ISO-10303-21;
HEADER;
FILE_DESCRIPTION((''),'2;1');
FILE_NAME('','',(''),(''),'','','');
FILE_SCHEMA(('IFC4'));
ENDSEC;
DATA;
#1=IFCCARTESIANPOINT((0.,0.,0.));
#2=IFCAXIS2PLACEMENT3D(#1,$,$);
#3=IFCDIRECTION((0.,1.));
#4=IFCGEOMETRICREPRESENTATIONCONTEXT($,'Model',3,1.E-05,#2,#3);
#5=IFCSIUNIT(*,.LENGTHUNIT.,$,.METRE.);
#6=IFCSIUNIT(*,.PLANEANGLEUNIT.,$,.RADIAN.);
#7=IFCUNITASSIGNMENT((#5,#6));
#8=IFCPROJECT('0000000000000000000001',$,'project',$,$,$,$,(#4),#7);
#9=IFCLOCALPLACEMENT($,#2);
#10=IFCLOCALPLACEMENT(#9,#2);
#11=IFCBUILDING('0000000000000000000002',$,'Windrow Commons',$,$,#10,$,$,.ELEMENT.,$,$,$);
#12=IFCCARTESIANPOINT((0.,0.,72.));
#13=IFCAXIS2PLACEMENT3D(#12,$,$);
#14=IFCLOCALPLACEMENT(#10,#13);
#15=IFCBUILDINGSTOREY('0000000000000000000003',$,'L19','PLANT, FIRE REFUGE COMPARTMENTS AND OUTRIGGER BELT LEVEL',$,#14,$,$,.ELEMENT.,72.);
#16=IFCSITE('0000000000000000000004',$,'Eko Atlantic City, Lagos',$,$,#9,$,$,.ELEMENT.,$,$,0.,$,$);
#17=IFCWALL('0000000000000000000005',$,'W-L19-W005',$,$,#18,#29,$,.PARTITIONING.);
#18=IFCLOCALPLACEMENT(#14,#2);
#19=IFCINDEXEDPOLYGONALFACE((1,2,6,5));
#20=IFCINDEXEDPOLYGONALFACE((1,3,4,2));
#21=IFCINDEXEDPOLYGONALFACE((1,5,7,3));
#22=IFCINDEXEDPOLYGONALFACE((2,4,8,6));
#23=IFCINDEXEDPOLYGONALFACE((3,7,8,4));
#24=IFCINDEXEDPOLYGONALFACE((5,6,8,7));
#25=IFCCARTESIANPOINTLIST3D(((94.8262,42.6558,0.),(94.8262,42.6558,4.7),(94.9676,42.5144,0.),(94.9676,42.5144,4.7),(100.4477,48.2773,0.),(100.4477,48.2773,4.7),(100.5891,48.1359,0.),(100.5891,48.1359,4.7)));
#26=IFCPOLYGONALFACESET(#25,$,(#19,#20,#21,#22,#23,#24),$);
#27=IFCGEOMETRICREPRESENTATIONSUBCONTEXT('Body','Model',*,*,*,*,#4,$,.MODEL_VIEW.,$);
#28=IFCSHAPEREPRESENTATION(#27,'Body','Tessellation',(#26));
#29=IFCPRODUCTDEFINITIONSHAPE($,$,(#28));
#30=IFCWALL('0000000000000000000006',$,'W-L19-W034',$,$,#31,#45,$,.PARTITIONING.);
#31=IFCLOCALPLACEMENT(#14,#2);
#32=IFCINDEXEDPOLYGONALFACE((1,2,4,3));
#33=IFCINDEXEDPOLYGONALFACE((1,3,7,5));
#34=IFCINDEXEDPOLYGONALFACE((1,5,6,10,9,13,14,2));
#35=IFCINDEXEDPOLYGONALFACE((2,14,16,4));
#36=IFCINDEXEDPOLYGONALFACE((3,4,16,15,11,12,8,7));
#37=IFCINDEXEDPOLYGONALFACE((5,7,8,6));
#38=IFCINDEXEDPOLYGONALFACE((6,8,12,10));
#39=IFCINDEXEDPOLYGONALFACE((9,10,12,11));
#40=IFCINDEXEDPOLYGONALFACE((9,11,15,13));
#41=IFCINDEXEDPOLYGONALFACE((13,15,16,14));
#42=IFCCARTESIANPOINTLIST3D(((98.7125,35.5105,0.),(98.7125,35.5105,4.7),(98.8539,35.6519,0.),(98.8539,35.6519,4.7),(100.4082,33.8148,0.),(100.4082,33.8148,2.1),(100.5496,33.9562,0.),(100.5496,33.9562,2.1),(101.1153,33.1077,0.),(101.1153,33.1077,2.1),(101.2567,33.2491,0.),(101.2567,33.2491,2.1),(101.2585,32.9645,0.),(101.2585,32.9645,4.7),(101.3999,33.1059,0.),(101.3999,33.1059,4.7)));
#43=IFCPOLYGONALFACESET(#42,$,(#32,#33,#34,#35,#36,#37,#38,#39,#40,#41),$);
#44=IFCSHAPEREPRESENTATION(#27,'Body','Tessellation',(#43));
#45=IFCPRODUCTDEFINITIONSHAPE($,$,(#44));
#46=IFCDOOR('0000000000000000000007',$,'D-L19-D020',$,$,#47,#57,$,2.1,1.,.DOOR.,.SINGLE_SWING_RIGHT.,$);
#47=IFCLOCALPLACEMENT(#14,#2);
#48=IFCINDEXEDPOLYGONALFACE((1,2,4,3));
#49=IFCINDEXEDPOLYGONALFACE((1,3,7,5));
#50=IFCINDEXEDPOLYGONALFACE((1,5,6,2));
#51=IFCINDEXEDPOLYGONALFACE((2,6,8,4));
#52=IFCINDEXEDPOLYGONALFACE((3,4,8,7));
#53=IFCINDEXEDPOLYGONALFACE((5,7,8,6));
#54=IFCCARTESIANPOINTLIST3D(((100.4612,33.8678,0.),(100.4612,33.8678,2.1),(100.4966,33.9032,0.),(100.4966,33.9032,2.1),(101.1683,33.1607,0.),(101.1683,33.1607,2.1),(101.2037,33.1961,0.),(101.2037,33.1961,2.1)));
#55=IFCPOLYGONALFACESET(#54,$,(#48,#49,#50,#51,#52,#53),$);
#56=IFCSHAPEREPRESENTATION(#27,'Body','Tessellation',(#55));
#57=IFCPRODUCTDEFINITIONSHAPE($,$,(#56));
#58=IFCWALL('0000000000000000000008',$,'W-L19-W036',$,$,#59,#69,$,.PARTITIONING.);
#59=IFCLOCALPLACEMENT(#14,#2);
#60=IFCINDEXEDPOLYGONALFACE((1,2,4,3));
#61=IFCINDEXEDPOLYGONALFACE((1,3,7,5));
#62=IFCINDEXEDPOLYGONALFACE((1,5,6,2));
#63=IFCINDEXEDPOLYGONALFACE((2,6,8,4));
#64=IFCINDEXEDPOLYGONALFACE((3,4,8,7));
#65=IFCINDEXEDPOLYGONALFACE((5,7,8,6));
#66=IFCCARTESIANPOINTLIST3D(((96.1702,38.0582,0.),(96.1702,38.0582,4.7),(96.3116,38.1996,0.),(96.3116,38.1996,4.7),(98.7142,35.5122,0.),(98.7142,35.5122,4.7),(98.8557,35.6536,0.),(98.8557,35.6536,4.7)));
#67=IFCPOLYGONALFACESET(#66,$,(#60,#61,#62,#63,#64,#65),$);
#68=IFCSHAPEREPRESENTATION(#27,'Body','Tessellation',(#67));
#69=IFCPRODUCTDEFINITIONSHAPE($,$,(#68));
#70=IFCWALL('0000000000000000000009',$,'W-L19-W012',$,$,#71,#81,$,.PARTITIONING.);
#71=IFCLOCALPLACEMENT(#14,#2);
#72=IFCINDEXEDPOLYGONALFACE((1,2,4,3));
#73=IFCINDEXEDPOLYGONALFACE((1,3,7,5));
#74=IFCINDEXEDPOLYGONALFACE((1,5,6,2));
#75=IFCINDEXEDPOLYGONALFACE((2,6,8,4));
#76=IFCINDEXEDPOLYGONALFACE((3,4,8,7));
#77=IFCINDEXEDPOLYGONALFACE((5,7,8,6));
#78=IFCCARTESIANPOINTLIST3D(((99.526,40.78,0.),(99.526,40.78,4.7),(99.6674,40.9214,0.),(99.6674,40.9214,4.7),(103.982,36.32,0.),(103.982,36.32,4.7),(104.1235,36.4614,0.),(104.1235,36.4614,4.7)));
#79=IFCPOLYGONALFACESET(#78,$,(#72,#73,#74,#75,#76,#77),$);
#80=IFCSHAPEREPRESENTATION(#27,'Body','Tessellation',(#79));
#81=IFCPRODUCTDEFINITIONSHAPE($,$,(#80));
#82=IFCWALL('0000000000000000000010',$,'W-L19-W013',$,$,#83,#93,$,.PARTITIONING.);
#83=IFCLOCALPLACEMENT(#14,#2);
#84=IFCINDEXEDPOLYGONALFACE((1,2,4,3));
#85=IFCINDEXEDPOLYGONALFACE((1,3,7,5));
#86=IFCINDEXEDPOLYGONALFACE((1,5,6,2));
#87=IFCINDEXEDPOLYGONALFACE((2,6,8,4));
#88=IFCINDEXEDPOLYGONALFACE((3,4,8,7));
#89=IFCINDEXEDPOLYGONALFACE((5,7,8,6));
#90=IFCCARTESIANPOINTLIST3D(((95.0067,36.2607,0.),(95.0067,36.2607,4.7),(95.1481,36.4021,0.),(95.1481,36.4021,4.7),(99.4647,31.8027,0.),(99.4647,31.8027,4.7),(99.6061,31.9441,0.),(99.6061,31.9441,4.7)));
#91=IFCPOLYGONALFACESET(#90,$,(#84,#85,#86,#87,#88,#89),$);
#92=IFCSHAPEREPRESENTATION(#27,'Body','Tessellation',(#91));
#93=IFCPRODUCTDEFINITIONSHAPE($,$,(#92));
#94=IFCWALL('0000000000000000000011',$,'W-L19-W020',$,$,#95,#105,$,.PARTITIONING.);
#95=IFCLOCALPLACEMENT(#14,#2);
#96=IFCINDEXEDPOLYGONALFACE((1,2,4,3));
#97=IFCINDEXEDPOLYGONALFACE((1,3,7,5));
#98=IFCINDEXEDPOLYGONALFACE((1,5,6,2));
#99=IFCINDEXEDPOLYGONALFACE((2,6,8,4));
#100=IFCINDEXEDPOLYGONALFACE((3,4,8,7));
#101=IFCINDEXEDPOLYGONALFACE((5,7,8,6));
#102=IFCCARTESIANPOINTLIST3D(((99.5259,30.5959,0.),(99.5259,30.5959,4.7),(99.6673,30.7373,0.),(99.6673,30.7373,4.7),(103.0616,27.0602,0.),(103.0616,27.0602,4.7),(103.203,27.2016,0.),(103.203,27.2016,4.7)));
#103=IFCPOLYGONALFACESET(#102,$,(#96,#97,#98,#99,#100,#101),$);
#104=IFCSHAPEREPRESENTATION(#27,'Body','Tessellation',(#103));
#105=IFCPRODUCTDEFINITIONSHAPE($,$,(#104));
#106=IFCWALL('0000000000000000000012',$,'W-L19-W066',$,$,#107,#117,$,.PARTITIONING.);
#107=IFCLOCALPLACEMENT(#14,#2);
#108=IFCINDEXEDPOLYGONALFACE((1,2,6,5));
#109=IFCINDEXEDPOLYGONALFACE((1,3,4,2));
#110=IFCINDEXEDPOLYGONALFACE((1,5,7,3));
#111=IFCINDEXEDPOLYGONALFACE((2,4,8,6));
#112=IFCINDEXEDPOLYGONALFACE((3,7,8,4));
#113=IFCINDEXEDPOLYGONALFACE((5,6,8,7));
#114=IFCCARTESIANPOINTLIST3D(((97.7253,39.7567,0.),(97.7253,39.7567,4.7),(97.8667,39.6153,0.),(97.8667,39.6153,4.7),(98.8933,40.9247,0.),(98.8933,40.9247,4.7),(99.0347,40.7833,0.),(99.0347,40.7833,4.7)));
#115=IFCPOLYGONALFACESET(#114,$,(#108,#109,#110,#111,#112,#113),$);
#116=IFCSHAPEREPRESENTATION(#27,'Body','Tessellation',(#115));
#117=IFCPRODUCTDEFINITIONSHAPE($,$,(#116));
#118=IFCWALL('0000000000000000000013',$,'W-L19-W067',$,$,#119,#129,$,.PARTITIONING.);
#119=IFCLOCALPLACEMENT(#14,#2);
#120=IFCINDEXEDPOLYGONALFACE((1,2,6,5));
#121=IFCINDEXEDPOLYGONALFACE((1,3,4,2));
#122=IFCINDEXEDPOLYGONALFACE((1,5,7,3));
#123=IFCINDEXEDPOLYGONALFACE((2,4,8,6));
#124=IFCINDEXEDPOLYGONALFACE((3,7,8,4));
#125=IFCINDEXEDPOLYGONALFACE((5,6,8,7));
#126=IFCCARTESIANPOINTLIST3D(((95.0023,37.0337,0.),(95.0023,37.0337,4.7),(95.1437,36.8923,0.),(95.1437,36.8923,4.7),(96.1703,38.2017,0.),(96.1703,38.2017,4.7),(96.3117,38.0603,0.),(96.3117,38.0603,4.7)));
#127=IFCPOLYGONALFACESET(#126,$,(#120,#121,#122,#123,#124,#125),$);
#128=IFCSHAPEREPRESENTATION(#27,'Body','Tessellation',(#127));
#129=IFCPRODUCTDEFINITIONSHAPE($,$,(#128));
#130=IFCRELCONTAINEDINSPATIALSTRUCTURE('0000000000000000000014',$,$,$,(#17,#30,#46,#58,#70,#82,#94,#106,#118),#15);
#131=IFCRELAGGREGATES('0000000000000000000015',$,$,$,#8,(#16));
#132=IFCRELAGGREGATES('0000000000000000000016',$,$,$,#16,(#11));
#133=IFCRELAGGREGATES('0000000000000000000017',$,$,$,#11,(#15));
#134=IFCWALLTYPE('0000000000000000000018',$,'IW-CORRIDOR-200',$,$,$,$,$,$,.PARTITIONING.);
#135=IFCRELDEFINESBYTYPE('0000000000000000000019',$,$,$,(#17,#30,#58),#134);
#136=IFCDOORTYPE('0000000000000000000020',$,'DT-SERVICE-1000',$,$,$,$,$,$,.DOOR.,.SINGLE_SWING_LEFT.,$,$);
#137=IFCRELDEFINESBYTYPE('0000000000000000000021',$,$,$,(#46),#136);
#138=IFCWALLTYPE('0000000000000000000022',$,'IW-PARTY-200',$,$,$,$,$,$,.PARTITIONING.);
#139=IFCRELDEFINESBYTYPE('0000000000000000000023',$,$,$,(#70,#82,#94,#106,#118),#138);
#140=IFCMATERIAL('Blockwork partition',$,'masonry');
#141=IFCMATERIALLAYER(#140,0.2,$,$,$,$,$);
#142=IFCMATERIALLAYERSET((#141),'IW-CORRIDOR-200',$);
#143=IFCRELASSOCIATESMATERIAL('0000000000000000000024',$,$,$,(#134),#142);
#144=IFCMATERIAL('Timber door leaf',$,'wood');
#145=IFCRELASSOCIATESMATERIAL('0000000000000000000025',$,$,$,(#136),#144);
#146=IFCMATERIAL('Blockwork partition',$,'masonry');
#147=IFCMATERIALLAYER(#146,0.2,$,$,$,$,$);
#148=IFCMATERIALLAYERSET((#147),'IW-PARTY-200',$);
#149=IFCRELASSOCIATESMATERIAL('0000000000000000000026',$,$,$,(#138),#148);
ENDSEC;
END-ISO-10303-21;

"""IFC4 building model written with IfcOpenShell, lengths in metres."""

from ifc_helpers import new_model, si_unit, direction, frame, frame_2d, origin, place, context, subcontext, project, spatial, rectangle, extrude, material, layer, layer_set, type_object, element, fill, save


model = new_model("IFC4")

# Units and contexts
model_context = context("Model", 3, precision=1e-05, world=origin(), true_north=direction((0.0, 1.0)))
body_context = subcontext(model_context, "Body", "Model", "MODEL_VIEW")
ifc_project = project(units=[si_unit("LENGTHUNIT", "METRE"), si_unit("PLANEANGLEUNIT", "RADIAN")], contexts=[model_context])

# Site, building, storey
site_placement = place(None, origin())
site = spatial("IfcSite", under=ifc_project, at=site_placement, Name="Eko Atlantic City, Lagos", CompositionType="ELEMENT", RefElevation=0.0)
building_placement = place(site_placement, origin())
building = spatial("IfcBuilding", under=site, at=building_placement, Name="Windrow Commons", CompositionType="ELEMENT")
storey_placement = place(building_placement, frame((0.0, 0.0, 72.0)))
storey = spatial("IfcBuildingStorey", under=building, at=storey_placement, Name="L19", Description="PLANT, FIRE REFUGE COMPARTMENTS AND OUTRIGGER BELT LEVEL", CompositionType="ELEMENT", Elevation=72.0)

# Shared definitions
ifc_material_1 = material(Name="Blockwork partition", Category="masonry")
ifc_layer_1 = layer(ifc_material_1, 0.2)
ifc_layer_set_1 = layer_set([ifc_layer_1], Name="IW-CORRIDOR-200")
wall_type_1 = type_object("IfcWallType", Name="IW-CORRIDOR-200", PredefinedType="PARTITIONING", material=ifc_layer_set_1)
ifc_material_2 = material(Name="Timber door leaf", Category="wood")
door_type = type_object("IfcDoorType", Name="DT-SERVICE-1000", OperationType="SINGLE_SWING_LEFT", PredefinedType="DOOR", material=ifc_material_2)

# Wall
wall_1_placement = place(storey_placement, frame((94.8969, 42.5851, 0.0), z_axis=(0.0, 0.0, 1.0), x_axis=(0.707107, 0.707107, 0.0)))
element("IfcWall", 1, at=wall_1_placement, inside=storey, type_object=wall_type_1, Name="W-L19-W005", PredefinedType="PARTITIONING", context=body_context, shape_type="SweptSolid", body=[
    extrude(rectangle(XDim=7.9501, YDim=0.2, at=frame_2d((3.975, 0.0))), origin(), (0.0, 0.0, 1.0), 4.7),
])

# Wall, opening, door
wall_2_placement = place(storey_placement, frame((98.7832, 35.5812, 0.0), z_axis=(0.0, 0.0, 1.0), x_axis=(0.707107, -0.707107, 0.0)))
wall_2 = element("IfcWall", 2, at=wall_2_placement, inside=storey, type_object=wall_type_1, Name="W-L19-W034", PredefinedType="PARTITIONING", context=body_context, shape_type="SweptSolid", body=[
    extrude(rectangle(XDim=3.6006, YDim=0.2, at=frame_2d((1.8003, 0.0))), origin(), (0.0, 0.0, 1.0), 4.7),
])
opening_1_placement = place(wall_2_placement, frame((2.3981, 0.0, 0.0)))
opening_1 = element("IfcOpeningElement", 3, at=opening_1_placement, cuts=wall_2, PredefinedType="OPENING", context=body_context, shape_type="SweptSolid", body=[
    extrude(rectangle(XDim=1.0, YDim=2.1, at=frame_2d((0.5, 1.05))), frame((0.0, 0.11, 0.0), z_axis=(0.0, -1.0, 0.0), x_axis=(1.0, 0.0, 0.0)), (0.0, 0.0, 1.0), 0.22),
])
door_1_placement = place(opening_1_placement, origin())
door_1 = element("IfcDoor", 4, at=door_1_placement, inside=storey, type_object=door_type, Name="D-L19-D020", OperationType="SINGLE_SWING_RIGHT", OverallHeight=2.1, OverallWidth=1.0, PredefinedType="DOOR", context=body_context, shape_type="SweptSolid", body=[
    extrude(rectangle(XDim=1.0, YDim=2.1, at=frame_2d((0.5, 1.05))), frame((0.0, 0.025, 0.0), z_axis=(0.0, -1.0, 0.0), x_axis=(1.0, 0.0, 0.0)), (0.0, 0.0, 1.0), 0.05),
])
fill(opening_1, door_1)

# Walls
wall_3_placement = place(storey_placement, frame((96.2409, 38.1289, 0.0), z_axis=(0.0, 0.0, 1.0), x_axis=(0.706829, -0.707385, 0.0)))
element("IfcWall", 5, at=wall_3_placement, inside=storey, type_object=wall_type_1, Name="W-L19-W036", PredefinedType="PARTITIONING", context=body_context, shape_type="SweptSolid", body=[
    extrude(rectangle(XDim=3.5992, YDim=0.2, at=frame_2d((1.7996, 0.0))), origin(), (0.0, 0.0, 1.0), 4.7),
])
ifc_material_3 = material(Name="Blockwork partition", Category="masonry")
ifc_layer_2 = layer(ifc_material_3, 0.2)
ifc_layer_set_2 = layer_set([ifc_layer_2], Name="IW-PARTY-200")
wall_type_2 = type_object("IfcWallType", Name="IW-PARTY-200", PredefinedType="PARTITIONING", material=ifc_layer_set_2)
for number, where, z_axis, x_axis, name in (
    (6, (99.5967, 40.8507, 0.0), (0.0, 0.0, 1.0), (0.706789, -0.707424, 0.0), "W-L19-W012"),
    (7, (95.0774, 36.3314, 0.0), (0.0, 0.0, 1.0), (0.707107, -0.707107, 0.0), "W-L19-W013"),
):
    element("IfcWall", number, at=place(storey_placement, frame(where, z_axis=z_axis, x_axis=x_axis)), inside=storey, type_object=wall_type_2, Name=name, PredefinedType="PARTITIONING", context=body_context, shape_type="SweptSolid", body=[
        extrude(rectangle(XDim=6.3046, YDim=0.2, at=frame_2d((3.1523, 0.0))), origin(), (0.0, 0.0, 1.0), 4.7),
    ])
wall_4_placement = place(storey_placement, frame((99.5966, 30.6666, 0.0), z_axis=(0.0, 0.0, 1.0), x_axis=(0.707107, -0.707107, 0.0)))
element("IfcWall", 8, at=wall_4_placement, inside=storey, type_object=wall_type_2, Name="W-L19-W020", PredefinedType="PARTITIONING", context=body_context, shape_type="SweptSolid", body=[
    extrude(rectangle(XDim=5.0002, YDim=0.2, at=frame_2d((2.5001, 0.0))), origin(), (0.0, 0.0, 1.0), 4.7),
])
for number, where, z_axis, x_axis, name in (
    (9, (97.796, 39.686, 0.0), (0.0, 0.0, 1.0), (0.707107, 0.707107, 0.0), "W-L19-W066"),
    (10, (95.073, 36.963, 0.0), (0.0, 0.0, 1.0), (0.707107, 0.707107, 0.0), "W-L19-W067"),
):
    element("IfcWall", number, at=place(storey_placement, frame(where, z_axis=z_axis, x_axis=x_axis)), inside=storey, type_object=wall_type_2, Name=name, PredefinedType="PARTITIONING", context=body_context, shape_type="SweptSolid", body=[
        extrude(rectangle(XDim=1.6518, YDim=0.2, at=frame_2d((0.8259, 0.0))), origin(), (0.0, 0.0, 1.0), 4.7),
    ])

save(model, "model.ifc")
